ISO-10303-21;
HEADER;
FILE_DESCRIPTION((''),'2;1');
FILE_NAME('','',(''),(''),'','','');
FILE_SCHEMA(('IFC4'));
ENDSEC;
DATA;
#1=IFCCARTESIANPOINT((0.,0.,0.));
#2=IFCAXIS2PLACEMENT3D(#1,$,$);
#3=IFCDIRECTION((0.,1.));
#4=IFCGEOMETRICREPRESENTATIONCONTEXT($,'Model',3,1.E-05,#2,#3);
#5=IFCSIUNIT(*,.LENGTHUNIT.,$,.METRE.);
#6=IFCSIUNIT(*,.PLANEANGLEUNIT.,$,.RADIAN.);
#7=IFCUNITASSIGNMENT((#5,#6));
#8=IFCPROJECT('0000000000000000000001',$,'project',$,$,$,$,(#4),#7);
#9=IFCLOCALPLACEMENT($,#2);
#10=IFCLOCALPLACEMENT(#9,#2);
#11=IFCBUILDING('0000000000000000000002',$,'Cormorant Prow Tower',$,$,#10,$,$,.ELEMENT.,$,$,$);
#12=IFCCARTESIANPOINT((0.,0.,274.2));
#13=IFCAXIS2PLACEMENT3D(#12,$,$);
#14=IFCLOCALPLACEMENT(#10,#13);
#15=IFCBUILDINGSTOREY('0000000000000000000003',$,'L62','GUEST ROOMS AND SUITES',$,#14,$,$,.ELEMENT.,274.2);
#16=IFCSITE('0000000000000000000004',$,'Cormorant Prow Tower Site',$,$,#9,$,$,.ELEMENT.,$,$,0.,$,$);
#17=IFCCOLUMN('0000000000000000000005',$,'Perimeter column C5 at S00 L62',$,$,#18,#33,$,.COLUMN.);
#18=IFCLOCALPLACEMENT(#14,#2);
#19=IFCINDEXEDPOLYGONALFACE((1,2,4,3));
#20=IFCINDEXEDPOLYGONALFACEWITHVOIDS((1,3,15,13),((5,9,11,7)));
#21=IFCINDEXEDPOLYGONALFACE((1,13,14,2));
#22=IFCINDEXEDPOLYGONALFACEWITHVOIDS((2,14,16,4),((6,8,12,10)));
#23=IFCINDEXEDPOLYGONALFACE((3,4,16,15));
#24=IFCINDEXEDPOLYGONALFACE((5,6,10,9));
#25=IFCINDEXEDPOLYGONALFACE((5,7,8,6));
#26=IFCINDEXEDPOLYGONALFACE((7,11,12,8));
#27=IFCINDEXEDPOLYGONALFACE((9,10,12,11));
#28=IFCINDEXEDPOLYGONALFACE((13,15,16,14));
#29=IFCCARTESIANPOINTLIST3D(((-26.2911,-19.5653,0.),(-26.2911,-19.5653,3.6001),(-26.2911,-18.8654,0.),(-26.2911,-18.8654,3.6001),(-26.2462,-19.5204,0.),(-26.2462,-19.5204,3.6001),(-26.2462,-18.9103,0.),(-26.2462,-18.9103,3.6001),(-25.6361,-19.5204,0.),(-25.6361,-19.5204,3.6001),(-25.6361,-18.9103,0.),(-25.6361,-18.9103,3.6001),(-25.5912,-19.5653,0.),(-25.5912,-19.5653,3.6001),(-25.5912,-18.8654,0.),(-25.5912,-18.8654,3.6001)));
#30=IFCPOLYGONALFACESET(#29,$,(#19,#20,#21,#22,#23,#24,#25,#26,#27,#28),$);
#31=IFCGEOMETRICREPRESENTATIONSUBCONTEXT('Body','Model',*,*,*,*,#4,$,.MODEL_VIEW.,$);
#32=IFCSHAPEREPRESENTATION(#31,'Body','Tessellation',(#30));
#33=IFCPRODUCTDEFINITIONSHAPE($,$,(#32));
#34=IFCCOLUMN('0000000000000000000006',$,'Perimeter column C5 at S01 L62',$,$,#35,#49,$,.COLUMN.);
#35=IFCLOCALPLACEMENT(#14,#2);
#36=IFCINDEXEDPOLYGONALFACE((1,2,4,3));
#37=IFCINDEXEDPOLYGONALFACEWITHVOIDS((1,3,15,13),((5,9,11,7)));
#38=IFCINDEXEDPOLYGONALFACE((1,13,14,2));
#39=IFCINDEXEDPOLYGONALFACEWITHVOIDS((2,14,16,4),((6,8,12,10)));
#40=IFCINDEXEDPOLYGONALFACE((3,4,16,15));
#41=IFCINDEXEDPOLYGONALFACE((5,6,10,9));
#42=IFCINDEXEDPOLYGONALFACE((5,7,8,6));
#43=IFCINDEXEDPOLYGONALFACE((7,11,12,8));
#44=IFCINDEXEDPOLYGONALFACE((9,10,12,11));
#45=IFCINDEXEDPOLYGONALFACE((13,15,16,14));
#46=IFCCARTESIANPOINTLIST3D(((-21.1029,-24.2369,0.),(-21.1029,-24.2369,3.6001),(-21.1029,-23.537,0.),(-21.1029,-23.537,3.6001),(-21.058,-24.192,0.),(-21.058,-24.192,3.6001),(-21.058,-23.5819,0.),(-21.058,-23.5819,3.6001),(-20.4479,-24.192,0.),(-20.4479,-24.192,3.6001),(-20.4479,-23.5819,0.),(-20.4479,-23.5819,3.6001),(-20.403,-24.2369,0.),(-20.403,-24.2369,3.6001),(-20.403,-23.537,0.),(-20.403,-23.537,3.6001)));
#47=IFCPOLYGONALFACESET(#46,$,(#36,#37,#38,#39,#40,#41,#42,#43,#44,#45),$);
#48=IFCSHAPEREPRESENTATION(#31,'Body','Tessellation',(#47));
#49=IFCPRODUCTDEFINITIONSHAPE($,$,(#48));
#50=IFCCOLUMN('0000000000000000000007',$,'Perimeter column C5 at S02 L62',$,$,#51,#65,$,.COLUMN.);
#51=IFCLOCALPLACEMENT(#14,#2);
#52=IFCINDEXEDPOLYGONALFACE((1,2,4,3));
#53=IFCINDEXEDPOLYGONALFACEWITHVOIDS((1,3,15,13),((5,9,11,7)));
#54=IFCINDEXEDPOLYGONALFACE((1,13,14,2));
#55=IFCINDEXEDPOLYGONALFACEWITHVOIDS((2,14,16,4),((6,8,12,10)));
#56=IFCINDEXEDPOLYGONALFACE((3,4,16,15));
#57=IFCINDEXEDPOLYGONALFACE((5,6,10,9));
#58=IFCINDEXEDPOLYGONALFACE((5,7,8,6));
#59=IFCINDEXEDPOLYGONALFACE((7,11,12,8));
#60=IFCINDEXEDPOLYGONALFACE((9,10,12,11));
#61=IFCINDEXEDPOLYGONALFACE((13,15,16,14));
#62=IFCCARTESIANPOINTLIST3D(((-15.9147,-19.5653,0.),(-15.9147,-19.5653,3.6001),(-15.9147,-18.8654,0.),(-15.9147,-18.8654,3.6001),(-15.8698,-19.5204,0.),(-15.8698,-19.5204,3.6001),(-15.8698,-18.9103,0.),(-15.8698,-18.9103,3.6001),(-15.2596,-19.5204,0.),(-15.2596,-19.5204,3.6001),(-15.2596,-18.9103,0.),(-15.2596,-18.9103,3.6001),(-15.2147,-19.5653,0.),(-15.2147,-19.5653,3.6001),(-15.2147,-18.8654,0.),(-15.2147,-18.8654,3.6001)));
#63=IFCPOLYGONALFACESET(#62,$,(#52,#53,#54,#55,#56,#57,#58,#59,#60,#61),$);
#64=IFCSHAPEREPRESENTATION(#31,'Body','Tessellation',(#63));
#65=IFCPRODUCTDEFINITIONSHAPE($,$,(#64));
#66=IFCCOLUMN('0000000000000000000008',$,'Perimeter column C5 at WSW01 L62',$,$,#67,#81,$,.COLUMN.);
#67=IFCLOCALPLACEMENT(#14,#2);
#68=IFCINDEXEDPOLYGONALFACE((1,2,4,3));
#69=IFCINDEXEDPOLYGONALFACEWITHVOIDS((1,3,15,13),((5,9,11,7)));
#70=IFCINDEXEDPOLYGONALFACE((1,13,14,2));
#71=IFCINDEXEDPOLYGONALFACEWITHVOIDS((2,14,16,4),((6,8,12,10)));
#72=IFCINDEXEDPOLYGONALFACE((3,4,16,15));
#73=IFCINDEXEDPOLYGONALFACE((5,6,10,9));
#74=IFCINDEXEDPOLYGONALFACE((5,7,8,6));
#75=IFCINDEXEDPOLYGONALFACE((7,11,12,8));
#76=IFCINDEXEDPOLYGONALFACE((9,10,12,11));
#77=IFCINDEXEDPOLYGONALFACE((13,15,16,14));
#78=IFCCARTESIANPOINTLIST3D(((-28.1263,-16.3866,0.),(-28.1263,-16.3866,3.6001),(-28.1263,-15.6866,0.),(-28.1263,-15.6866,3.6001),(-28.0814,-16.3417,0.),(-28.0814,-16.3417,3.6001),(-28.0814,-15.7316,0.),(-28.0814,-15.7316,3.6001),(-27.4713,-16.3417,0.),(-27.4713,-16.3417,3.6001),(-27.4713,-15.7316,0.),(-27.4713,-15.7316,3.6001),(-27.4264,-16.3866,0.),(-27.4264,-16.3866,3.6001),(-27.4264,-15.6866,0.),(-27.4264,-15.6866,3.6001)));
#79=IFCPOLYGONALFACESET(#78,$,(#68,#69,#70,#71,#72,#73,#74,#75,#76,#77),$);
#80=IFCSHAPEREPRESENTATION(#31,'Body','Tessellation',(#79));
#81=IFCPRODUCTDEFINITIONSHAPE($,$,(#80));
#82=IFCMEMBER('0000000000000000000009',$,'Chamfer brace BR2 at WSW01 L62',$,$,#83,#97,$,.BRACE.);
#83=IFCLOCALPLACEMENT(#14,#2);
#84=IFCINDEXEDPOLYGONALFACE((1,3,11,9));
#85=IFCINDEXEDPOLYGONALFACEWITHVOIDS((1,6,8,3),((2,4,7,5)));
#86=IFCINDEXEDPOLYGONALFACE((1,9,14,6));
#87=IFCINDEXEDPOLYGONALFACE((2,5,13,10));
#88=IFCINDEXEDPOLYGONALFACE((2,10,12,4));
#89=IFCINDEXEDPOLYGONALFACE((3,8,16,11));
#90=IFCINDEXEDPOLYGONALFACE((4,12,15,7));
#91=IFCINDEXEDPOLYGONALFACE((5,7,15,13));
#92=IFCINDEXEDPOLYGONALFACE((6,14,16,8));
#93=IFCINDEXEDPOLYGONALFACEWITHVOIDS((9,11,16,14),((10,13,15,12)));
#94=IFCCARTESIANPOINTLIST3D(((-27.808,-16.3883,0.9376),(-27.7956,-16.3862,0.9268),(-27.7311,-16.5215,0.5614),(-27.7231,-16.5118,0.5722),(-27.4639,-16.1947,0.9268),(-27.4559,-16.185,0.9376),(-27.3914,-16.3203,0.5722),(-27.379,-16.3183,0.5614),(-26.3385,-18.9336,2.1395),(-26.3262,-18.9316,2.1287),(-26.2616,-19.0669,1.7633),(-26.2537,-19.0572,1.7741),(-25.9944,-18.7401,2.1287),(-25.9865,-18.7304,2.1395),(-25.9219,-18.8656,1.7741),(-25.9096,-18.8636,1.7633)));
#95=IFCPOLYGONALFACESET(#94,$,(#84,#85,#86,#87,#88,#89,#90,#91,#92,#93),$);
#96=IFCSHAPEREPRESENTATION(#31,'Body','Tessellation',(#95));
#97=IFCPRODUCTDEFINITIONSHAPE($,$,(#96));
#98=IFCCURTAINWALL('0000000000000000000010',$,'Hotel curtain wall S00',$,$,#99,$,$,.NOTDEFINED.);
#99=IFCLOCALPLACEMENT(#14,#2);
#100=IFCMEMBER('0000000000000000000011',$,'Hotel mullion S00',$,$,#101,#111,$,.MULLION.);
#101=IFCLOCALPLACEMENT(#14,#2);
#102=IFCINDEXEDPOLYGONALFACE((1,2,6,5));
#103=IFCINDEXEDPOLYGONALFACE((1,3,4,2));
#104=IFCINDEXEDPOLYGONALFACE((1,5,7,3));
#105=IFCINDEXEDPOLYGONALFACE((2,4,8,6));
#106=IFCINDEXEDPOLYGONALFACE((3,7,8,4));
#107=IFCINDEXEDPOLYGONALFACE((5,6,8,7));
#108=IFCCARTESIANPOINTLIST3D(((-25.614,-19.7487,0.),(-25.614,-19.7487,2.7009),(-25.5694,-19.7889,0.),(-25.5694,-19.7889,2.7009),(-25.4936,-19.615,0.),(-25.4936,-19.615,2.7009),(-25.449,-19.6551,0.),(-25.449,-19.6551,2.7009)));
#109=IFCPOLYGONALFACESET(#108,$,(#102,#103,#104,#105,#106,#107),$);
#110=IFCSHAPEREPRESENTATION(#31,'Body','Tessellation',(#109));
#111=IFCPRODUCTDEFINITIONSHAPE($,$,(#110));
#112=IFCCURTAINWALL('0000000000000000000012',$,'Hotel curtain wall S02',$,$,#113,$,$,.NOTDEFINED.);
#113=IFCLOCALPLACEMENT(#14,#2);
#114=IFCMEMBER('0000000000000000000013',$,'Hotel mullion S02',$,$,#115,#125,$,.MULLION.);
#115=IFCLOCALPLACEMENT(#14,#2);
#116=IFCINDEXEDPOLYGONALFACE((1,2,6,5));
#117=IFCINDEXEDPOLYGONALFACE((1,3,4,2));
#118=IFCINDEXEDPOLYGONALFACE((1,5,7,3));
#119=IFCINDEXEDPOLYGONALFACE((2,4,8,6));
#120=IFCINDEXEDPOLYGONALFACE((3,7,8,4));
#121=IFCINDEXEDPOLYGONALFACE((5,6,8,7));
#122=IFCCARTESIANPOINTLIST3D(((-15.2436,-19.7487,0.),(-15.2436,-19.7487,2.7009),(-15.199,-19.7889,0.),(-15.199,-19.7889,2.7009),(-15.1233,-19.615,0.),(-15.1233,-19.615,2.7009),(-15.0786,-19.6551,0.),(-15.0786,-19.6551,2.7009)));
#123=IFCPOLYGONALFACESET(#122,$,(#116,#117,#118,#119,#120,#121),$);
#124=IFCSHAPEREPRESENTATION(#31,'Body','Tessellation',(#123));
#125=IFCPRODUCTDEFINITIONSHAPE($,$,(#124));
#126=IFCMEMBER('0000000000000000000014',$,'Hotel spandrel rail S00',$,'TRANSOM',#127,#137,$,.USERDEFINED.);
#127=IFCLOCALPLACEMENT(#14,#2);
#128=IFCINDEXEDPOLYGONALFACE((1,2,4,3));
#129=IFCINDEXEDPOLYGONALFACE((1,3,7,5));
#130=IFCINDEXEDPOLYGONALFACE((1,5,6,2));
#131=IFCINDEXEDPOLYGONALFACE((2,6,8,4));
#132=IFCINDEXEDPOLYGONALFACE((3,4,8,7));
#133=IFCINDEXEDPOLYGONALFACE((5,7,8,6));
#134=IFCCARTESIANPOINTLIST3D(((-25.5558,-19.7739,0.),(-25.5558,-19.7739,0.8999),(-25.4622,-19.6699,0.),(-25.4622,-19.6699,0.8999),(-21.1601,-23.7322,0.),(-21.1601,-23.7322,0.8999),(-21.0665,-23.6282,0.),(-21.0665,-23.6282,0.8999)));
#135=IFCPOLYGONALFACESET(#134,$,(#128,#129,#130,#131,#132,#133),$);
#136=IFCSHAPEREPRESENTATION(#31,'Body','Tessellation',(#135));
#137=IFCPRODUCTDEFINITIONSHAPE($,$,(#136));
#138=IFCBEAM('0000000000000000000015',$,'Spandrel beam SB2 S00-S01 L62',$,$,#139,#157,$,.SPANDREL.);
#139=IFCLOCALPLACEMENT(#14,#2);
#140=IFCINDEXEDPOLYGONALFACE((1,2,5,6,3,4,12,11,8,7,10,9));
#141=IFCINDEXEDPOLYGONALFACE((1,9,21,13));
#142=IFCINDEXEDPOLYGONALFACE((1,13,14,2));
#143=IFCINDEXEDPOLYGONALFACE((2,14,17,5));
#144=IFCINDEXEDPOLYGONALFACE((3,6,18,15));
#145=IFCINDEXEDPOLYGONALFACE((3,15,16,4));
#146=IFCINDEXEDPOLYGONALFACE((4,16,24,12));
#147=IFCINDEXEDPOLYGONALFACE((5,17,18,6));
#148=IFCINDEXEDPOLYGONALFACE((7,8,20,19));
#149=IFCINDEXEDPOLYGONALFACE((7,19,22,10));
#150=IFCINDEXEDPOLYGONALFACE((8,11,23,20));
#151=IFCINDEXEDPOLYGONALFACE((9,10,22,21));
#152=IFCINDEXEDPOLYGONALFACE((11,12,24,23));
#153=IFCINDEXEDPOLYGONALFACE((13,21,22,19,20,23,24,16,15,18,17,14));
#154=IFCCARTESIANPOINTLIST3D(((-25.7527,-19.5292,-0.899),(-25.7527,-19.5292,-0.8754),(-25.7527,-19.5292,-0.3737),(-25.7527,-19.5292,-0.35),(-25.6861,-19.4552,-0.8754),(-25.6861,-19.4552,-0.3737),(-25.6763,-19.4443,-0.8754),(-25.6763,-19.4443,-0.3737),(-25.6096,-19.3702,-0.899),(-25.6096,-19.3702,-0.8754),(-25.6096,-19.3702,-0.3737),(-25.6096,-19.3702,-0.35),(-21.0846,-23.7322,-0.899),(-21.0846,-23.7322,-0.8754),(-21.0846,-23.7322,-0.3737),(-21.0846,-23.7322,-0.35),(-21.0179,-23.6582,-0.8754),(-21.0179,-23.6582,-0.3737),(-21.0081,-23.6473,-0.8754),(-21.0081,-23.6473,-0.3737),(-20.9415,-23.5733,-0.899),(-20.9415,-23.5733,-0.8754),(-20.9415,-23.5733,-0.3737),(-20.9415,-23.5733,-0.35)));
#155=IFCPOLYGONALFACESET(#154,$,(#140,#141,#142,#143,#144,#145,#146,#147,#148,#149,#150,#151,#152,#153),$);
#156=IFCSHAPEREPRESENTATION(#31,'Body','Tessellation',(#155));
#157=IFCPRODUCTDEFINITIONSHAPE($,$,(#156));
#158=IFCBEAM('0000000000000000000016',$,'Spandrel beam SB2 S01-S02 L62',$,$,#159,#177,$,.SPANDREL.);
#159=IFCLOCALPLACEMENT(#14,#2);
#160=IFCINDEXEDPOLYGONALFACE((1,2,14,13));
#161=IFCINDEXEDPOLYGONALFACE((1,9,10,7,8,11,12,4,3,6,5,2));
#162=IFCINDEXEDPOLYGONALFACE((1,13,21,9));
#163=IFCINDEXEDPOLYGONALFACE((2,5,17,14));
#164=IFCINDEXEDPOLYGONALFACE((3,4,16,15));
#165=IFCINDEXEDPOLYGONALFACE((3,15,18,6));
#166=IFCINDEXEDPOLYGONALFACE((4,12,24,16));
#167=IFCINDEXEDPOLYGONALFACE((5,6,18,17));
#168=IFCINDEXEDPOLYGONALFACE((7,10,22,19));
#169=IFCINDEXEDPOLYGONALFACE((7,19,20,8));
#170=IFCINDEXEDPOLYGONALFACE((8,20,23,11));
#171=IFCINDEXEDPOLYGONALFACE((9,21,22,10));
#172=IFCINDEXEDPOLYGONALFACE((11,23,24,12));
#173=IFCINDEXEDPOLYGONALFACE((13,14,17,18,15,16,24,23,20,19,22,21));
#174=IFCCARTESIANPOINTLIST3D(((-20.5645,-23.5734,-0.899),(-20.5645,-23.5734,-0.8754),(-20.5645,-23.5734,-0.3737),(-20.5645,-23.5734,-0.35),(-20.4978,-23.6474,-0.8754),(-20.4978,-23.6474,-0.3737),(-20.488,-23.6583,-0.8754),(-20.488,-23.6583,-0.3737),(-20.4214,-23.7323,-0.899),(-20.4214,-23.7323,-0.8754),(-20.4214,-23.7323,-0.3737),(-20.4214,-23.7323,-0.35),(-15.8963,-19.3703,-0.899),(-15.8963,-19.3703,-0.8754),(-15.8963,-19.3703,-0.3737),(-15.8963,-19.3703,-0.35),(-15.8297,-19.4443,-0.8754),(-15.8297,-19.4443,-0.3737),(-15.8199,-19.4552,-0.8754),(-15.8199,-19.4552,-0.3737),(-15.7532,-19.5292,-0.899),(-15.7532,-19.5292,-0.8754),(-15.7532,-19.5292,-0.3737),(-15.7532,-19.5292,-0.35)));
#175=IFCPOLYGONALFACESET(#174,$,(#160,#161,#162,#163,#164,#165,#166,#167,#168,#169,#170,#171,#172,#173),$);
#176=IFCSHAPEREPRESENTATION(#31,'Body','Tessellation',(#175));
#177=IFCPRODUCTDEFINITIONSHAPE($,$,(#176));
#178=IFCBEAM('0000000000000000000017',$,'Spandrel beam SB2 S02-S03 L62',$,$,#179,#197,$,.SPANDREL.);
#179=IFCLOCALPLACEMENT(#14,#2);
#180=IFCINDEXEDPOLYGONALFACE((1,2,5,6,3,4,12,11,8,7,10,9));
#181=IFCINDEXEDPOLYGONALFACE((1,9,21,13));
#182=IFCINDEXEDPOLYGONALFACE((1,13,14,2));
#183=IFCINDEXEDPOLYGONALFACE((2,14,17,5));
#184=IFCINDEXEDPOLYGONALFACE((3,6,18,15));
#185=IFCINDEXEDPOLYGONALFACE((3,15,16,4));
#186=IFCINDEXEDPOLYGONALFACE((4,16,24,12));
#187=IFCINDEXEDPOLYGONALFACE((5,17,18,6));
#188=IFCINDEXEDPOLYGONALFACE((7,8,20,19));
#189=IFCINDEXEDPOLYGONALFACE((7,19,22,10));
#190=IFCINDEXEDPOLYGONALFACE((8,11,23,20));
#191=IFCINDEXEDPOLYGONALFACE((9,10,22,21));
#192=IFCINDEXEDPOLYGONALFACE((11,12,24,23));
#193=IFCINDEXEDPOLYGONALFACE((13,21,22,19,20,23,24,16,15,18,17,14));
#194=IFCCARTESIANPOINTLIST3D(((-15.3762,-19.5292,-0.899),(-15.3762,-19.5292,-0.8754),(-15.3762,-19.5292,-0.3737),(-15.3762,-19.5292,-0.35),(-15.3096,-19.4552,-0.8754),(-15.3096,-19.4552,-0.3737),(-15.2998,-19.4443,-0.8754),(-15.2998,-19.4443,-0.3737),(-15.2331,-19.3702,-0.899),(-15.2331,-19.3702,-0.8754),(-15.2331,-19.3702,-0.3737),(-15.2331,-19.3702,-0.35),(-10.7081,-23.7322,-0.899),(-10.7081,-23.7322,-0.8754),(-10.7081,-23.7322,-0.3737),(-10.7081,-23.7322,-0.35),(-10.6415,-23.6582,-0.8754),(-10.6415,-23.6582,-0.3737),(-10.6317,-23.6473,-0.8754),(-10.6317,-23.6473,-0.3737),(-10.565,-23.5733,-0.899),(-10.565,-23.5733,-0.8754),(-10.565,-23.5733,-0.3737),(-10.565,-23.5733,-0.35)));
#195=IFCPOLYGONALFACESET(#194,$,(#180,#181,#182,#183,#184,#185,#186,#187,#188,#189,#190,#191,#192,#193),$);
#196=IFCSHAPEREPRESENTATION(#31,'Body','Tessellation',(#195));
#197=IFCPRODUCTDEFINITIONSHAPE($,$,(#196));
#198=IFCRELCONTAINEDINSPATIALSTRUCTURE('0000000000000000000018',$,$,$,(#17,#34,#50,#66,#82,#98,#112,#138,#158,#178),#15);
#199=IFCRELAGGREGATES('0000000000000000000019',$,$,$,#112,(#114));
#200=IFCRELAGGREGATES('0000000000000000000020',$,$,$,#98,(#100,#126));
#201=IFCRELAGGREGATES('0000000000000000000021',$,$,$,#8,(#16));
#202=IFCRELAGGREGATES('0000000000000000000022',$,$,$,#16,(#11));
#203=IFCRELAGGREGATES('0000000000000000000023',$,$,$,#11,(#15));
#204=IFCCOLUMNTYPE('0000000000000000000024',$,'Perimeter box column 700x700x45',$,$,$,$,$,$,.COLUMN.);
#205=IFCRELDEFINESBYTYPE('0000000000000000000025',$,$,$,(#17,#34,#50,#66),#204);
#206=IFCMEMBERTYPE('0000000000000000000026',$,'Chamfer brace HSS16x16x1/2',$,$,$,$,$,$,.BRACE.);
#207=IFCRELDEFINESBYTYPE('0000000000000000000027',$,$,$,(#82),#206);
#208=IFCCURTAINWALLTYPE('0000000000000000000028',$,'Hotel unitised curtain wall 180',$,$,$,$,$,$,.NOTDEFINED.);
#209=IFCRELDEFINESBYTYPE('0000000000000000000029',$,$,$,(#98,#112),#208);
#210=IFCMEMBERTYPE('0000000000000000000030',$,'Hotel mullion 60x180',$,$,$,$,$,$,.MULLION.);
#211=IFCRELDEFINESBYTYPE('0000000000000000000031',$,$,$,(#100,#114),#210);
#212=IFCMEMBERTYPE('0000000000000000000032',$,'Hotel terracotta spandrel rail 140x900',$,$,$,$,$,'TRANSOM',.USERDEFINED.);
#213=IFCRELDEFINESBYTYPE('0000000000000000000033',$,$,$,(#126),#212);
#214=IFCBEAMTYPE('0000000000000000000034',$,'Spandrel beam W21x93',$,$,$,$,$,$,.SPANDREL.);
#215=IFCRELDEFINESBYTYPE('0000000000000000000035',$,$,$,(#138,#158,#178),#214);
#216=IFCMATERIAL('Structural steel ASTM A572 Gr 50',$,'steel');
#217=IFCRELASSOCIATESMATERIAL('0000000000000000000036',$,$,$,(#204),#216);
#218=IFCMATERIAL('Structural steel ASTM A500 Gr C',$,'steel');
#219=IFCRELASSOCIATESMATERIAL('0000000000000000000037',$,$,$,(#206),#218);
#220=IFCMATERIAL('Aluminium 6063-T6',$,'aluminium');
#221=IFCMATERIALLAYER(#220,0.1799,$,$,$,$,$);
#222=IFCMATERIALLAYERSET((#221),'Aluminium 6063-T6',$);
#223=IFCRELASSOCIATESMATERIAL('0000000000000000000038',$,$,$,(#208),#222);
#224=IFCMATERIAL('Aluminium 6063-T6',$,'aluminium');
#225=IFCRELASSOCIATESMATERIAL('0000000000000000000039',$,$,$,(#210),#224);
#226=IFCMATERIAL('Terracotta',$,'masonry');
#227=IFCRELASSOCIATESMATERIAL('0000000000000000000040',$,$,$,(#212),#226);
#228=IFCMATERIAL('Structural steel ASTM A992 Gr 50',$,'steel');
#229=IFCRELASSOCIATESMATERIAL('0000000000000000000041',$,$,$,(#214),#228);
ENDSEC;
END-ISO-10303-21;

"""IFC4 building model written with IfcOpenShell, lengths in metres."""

from ifc_helpers import new_model, si_unit, direction, frame, origin, origin_2d, place, context, subcontext, project, spatial, rectangle, hollow_rectangle, i_section, extrude, material, layer, layer_set, material_profile, profile_set, type_object, element, aggregate, save


model = new_model("IFC4")

# Units and contexts
model_context = context("Model", 3, precision=1e-05, world=origin(), true_north=direction((0.0, 1.0)))
body_context = subcontext(model_context, "Body", "Model", "MODEL_VIEW")
ifc_project = project(units=[si_unit("LENGTHUNIT", "METRE"), si_unit("PLANEANGLEUNIT", "RADIAN")], contexts=[model_context])

# Site, building, storey
site_placement = place(None, origin())
site = spatial("IfcSite", under=ifc_project, at=site_placement, Name="Cormorant Prow Tower Site", CompositionType="ELEMENT", RefElevation=0.0)
building_placement = place(site_placement, origin())
building = spatial("IfcBuilding", under=site, at=building_placement, Name="Cormorant Prow Tower", CompositionType="ELEMENT")
storey_placement = place(building_placement, frame((0.0, 0.0, 274.2)))
storey = spatial("IfcBuildingStorey", under=building, at=storey_placement, Name="L62", Description="GUEST ROOMS AND SUITES", CompositionType="ELEMENT", Elevation=274.2)

# Columns
ifc_material_1 = material(Name="Structural steel ASTM A572 Gr 50", Category="steel")
ifc_material_profile_1 = material_profile(ifc_material_1, hollow_rectangle(XDim=0.7, YDim=0.7, WallThickness=0.0449, at=origin_2d()), Name="Box 700x700x45")
ifc_profile_set_1 = profile_set([ifc_material_profile_1], Name="Structural steel ASTM A572 Gr 50")
column_type = type_object("IfcColumnType", Name="Perimeter box column 700x700x45", PredefinedType="COLUMN", material=ifc_profile_set_1)
for number, where, z_axis, x_axis, name in (
    (1, (-25.9412, -19.2153, 0.0), (0.0, 0.0, 1.0), (1.0, 0.0, 0.0), "Perimeter column C5 at S00 L62"),
    (2, (-20.7529, -23.887, 0.0), (0.0, 0.0, 1.0), (1.0, 0.0, 0.0), "Perimeter column C5 at S01 L62"),
    (3, (-15.5647, -19.2153, 0.0), (0.0, 0.0, 1.0), (1.0, 0.0, 0.0), "Perimeter column C5 at S02 L62"),
    (4, (-27.7764, -16.0366, 0.0), (0.0, 0.0, 1.0), (1.0, 0.0, 0.0), "Perimeter column C5 at WSW01 L62"),
):
    element("IfcColumn", number, at=place(storey_placement, frame(where, z_axis=z_axis, x_axis=x_axis)), inside=storey, type_object=column_type, Name=name, PredefinedType="COLUMN", context=body_context, shape_type="SweptSolid", body=[
        extrude(hollow_rectangle(XDim=0.7, YDim=0.7, WallThickness=0.0449, at=origin_2d()), origin(), (0.0, 0.0, 1.0), 3.6001),
    ])

# Member
ifc_material_2 = material(Name="Structural steel ASTM A500 Gr C", Category="steel")
ifc_material_profile_2 = material_profile(ifc_material_2, hollow_rectangle(XDim=0.4065, YDim=0.4065, WallThickness=0.0117, at=origin_2d()), Name="HSS16x16x1/2")
ifc_profile_set_2 = profile_set([ifc_material_profile_2], Name="Structural steel ASTM A500 Gr C")
member_type_1 = type_object("IfcMemberType", Name="Chamfer brace HSS16x16x1/2", PredefinedType="BRACE", material=ifc_profile_set_2)
member_1_placement = place(storey_placement, frame((-27.5935, -16.3533, 0.7495), z_axis=(0.462773, -0.801607, 0.378507), x_axis=(0.866042, 0.499972, 0.0)))
element("IfcMember", 5, at=member_1_placement, inside=storey, type_object=member_type_1, Name="Chamfer brace BR2 at WSW01 L62", PredefinedType="BRACE", context=body_context, shape_type="SweptSolid", body=[
    extrude(hollow_rectangle(XDim=0.4065, YDim=0.4065, WallThickness=0.0117, at=origin_2d()), origin(), (0.0, 0.0, 1.0), 3.1753),
])

# Curtain walls, members
ifc_material_3 = material(Name="Aluminium 6063-T6", Category="aluminium")
ifc_layer_1 = layer(ifc_material_3, 0.1799)
ifc_layer_set_1 = layer_set([ifc_layer_1], Name="Aluminium 6063-T6")
curtain_wall_type = type_object("IfcCurtainWallType", Name="Hotel unitised curtain wall 180", PredefinedType="NOTDEFINED", material=ifc_layer_set_1)
curtain_wall_1_placement = place(storey_placement, origin())
curtain_wall_1 = element("IfcCurtainWall", 6, at=curtain_wall_1_placement, inside=storey, type_object=curtain_wall_type, Name="Hotel curtain wall S00", PredefinedType="NOTDEFINED")
ifc_material_4 = material(Name="Aluminium 6063-T6", Category="aluminium")
ifc_material_profile_3 = material_profile(ifc_material_4, rectangle(XDim=0.1799, YDim=0.0601, at=origin_2d()), Name="Hotel mullion 60x180")
ifc_profile_set_3 = profile_set([ifc_material_profile_3], Name="Aluminium 6063-T6")
member_type_2 = type_object("IfcMemberType", Name="Hotel mullion 60x180", PredefinedType="MULLION", material=ifc_profile_set_3)
member_2_placement = place(storey_placement, frame((-25.5315, -19.7019, 0.0), z_axis=(0.0, 0.0, 1.0), x_axis=(0.669131, 0.743145, 0.0)))
member_2 = element("IfcMember", 7, at=member_2_placement, type_object=member_type_2, Name="Hotel mullion S00", PredefinedType="MULLION", context=body_context, shape_type="SweptSolid", body=[
    extrude(rectangle(XDim=0.1799, YDim=0.0601, at=origin_2d()), origin(), (0.0, 0.0, 1.0), 2.7009),
])
curtain_wall_2_placement = place(storey_placement, origin())
curtain_wall_2 = element("IfcCurtainWall", 8, at=curtain_wall_2_placement, inside=storey, type_object=curtain_wall_type, Name="Hotel curtain wall S02", PredefinedType="NOTDEFINED")
member_3_placement = place(storey_placement, frame((-15.1611, -19.7019, 0.0), z_axis=(0.0, 0.0, 1.0), x_axis=(0.669131, 0.743145, 0.0)))
member_3 = element("IfcMember", 9, at=member_3_placement, type_object=member_type_2, Name="Hotel mullion S02", PredefinedType="MULLION", context=body_context, shape_type="SweptSolid", body=[
    extrude(rectangle(XDim=0.1799, YDim=0.0601, at=origin_2d()), origin(), (0.0, 0.0, 1.0), 2.7009),
])
aggregate(curtain_wall_2, [member_3])

# Member
ifc_material_5 = material(Name="Terracotta", Category="masonry")
ifc_material_profile_4 = material_profile(ifc_material_5, rectangle(XDim=0.1399, YDim=0.8999, at=origin_2d()), Name="Hotel terracotta spandrel rail 140x900")
ifc_profile_set_4 = profile_set([ifc_material_profile_4], Name="Terracotta")
member_type_3 = type_object("IfcMemberType", Name="Hotel terracotta spandrel rail 140x900", ElementType="TRANSOM", PredefinedType="USERDEFINED", material=ifc_profile_set_4)
member_4_placement = place(storey_placement, frame((-25.509, -19.7219, 0.45), z_axis=(0.74312, -0.669159, 0.0), x_axis=(0.669159, 0.74312, 0.0)))
member_4 = element("IfcMember", 10, at=member_4_placement, type_object=member_type_3, Name="Hotel spandrel rail S00", ObjectType="TRANSOM", PredefinedType="USERDEFINED", context=body_context, shape_type="SweptSolid", body=[
    extrude(rectangle(XDim=0.1399, YDim=0.8999, at=origin_2d()), origin(), (0.0, 0.0, 1.0), 5.9153),
])

# Beams
ifc_material_6 = material(Name="Structural steel ASTM A992 Gr 50", Category="steel")
ifc_material_profile_5 = material_profile(ifc_material_6, i_section(OverallWidth=0.2139, OverallDepth=0.5491, WebThickness=0.0146, FlangeThickness=0.0237, at=origin_2d()), Name="W21x93")
ifc_profile_set_5 = profile_set([ifc_material_profile_5], Name="Structural steel ASTM A992 Gr 50")
beam_type = type_object("IfcBeamType", Name="Spandrel beam W21x93", PredefinedType="SPANDREL", material=ifc_profile_set_5)
for number, where, z_axis, x_axis, name in (
    (11, (-25.6812, -19.4497, -0.6245), (0.743157, -0.669117, 0.0), (0.669117, 0.743157, 0.0), "Spandrel beam SB2 S00-S01 L62"),
    (12, (-20.4929, -23.6528, -0.6245), (0.743157, 0.669117, 0.0), (-0.669117, 0.743157, 0.0), "Spandrel beam SB2 S01-S02 L62"),
    (13, (-15.3047, -19.4497, -0.6245), (0.743157, -0.669117, 0.0), (0.669117, 0.743157, 0.0), "Spandrel beam SB2 S02-S03 L62"),
):
    element("IfcBeam", number, at=place(storey_placement, frame(where, z_axis=z_axis, x_axis=x_axis)), inside=storey, type_object=beam_type, Name=name, PredefinedType="SPANDREL", context=body_context, shape_type="SweptSolid", body=[
        extrude(i_section(OverallWidth=0.2139, OverallDepth=0.5491, WebThickness=0.0146, FlangeThickness=0.0237, at=origin_2d()), origin(), (0.0, 0.0, 1.0), 6.2815),
    ])

aggregate(curtain_wall_1, [member_2, member_4])

save(model, "model.ifc")
